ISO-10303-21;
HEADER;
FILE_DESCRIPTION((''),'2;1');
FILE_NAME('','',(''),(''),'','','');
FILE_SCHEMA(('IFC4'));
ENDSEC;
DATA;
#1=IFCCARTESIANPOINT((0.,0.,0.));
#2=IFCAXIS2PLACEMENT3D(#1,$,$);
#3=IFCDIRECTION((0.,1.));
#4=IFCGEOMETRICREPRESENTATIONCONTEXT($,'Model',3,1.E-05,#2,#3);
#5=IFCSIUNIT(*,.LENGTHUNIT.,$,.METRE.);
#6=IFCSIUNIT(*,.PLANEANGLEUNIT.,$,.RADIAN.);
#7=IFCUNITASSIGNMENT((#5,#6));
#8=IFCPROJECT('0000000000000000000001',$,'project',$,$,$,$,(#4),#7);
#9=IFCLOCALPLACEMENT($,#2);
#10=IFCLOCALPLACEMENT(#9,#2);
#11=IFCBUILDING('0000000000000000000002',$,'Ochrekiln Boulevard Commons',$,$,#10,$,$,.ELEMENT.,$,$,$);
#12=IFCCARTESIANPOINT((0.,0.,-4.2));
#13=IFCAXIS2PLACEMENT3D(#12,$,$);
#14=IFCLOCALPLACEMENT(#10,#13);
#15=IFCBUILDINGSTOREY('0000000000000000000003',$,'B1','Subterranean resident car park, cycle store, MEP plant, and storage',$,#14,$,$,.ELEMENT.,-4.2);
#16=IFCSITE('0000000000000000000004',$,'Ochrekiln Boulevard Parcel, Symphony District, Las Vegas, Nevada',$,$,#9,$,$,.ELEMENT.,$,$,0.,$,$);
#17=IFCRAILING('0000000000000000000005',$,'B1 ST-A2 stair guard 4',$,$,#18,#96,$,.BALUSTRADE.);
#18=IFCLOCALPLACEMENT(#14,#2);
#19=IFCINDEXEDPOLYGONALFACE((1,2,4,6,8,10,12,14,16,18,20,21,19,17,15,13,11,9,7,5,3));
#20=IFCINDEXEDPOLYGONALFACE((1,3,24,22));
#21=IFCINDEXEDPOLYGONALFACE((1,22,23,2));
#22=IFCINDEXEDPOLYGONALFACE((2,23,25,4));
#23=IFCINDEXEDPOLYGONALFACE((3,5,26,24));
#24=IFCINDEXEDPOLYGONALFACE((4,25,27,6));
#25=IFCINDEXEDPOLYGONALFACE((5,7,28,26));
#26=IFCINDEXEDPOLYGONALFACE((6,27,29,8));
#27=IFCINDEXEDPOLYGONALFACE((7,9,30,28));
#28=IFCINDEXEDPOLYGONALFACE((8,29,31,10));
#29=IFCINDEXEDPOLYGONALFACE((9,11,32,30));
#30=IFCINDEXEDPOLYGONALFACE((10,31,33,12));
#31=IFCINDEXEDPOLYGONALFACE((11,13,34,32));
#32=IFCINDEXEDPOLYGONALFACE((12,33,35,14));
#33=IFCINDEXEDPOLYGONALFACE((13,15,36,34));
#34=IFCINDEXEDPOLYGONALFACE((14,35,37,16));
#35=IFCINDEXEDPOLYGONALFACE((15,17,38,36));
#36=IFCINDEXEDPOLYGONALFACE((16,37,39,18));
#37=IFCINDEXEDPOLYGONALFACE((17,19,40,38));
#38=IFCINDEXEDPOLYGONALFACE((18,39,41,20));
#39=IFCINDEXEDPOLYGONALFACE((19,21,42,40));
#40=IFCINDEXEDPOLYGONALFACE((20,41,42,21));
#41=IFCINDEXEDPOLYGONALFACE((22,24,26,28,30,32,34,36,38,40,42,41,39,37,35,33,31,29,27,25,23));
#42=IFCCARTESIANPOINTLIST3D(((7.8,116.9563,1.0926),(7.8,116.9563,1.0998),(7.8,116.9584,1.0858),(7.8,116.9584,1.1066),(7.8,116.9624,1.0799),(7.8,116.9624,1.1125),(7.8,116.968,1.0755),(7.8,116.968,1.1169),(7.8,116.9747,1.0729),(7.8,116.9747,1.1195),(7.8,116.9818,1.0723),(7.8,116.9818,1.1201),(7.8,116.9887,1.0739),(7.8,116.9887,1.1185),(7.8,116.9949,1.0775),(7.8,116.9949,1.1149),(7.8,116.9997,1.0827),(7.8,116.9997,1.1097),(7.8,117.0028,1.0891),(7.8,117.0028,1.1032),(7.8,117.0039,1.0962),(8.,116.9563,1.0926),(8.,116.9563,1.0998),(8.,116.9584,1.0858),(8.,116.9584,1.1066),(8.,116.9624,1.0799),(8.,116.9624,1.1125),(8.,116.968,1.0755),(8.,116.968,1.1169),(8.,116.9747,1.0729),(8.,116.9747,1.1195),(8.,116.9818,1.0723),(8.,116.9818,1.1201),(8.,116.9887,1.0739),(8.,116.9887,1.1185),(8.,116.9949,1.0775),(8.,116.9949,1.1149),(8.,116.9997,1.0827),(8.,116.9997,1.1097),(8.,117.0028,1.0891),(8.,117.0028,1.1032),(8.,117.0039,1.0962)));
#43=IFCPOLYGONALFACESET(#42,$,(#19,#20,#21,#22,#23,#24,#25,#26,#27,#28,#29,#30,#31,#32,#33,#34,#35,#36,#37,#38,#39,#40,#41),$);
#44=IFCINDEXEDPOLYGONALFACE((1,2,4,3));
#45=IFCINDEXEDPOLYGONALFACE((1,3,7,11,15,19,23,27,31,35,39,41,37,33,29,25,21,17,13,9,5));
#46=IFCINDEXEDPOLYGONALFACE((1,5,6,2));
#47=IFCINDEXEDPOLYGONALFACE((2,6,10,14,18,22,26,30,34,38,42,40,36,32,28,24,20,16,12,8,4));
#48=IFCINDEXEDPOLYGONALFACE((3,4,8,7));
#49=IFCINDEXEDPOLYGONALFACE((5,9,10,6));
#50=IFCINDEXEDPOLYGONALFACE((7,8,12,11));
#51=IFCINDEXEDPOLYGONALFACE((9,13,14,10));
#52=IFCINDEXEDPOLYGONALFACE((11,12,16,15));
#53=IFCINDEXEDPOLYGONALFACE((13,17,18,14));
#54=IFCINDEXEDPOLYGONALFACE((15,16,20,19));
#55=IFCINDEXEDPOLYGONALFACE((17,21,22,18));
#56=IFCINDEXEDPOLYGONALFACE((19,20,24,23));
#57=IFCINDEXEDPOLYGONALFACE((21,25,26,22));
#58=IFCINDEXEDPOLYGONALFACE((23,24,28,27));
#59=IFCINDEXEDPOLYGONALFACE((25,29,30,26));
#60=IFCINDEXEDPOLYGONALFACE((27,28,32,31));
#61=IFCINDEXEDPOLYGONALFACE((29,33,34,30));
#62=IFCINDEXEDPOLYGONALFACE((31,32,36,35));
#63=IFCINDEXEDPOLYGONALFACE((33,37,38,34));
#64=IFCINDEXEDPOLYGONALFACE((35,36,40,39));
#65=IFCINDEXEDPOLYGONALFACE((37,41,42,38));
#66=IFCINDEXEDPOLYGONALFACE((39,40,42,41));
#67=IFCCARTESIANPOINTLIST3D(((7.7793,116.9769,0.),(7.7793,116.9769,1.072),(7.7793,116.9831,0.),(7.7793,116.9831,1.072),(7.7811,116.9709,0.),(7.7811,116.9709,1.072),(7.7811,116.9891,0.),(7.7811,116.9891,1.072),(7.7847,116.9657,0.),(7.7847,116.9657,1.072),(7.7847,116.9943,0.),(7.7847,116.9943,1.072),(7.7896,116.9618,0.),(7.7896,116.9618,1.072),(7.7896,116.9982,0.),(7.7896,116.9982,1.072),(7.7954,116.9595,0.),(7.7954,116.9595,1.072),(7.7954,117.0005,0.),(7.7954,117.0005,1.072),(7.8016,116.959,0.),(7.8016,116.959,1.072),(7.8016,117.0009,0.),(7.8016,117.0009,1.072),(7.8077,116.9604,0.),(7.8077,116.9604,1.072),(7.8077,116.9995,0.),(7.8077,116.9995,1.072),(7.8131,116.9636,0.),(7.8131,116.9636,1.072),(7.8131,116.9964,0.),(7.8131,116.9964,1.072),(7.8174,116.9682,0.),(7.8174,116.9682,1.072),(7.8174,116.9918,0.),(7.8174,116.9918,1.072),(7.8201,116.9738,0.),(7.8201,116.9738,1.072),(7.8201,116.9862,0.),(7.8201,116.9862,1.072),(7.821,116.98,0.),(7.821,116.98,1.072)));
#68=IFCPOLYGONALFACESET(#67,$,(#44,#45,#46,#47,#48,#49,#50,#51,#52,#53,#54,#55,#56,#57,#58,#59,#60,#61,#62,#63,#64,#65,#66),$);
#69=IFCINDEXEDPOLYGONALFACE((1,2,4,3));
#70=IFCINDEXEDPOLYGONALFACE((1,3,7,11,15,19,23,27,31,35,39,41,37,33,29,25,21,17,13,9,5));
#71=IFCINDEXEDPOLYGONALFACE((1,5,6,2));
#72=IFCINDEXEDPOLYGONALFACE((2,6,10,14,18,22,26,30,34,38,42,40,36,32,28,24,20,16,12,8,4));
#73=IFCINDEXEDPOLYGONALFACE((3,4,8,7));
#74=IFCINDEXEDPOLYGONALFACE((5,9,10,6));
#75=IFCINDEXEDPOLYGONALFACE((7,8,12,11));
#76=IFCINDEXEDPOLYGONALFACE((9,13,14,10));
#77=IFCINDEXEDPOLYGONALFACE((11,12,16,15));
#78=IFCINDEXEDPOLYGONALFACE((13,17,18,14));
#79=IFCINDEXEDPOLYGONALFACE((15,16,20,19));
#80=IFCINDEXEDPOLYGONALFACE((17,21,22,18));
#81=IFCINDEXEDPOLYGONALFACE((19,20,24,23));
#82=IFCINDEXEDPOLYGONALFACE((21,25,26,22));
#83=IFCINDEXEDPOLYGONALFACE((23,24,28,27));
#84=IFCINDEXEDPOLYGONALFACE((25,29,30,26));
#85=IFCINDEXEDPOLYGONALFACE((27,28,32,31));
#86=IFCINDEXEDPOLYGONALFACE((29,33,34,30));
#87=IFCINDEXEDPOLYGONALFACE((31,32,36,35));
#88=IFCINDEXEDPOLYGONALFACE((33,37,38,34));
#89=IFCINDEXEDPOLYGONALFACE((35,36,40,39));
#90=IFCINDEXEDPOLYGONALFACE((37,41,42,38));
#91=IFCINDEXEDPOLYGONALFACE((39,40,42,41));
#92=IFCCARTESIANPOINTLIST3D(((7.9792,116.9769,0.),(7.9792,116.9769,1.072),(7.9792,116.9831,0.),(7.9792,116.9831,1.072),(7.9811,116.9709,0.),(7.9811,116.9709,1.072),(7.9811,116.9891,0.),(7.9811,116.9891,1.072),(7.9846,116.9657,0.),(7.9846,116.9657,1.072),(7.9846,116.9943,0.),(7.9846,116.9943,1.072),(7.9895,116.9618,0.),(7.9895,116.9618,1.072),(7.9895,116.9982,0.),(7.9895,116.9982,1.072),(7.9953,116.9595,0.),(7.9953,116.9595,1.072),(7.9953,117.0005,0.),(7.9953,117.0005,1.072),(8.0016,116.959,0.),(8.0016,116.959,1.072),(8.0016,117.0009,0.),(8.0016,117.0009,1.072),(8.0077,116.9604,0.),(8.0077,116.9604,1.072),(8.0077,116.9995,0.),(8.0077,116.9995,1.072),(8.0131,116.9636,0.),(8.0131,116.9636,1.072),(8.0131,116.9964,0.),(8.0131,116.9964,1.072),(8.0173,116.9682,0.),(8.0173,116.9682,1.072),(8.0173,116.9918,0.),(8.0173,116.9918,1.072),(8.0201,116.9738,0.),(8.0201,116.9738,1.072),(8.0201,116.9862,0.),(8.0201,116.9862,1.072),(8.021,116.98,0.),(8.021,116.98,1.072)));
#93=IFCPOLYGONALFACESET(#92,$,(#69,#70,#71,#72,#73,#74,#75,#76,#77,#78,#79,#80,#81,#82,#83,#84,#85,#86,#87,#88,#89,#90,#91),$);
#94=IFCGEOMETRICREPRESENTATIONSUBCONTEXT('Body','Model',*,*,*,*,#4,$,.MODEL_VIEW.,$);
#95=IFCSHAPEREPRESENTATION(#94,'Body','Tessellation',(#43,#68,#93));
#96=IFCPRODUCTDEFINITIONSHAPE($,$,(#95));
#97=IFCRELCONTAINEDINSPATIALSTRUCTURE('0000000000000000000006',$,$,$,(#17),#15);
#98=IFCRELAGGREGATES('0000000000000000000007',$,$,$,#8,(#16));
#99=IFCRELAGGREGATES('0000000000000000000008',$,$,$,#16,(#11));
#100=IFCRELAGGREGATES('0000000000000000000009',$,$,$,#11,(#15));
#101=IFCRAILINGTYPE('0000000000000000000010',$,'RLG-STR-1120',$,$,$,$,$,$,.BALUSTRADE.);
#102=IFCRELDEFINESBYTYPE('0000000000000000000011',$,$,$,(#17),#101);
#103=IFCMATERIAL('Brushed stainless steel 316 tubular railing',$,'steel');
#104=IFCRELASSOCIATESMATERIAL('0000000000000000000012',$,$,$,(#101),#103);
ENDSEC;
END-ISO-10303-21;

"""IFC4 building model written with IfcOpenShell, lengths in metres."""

from ifc_helpers import new_model, si_unit, direction, frame, origin, origin_2d, place, context, subcontext, project, spatial, circle, extrude, material, type_object, element, save


model = new_model("IFC4")

# Units and contexts
model_context = context("Model", 3, precision=1e-05, world=origin(), true_north=direction((0.0, 1.0)))
body_context = subcontext(model_context, "Body", "Model", "MODEL_VIEW")
ifc_project = project(units=[si_unit("LENGTHUNIT", "METRE"), si_unit("PLANEANGLEUNIT", "RADIAN")], contexts=[model_context])

# Site, building, storey
site_placement = place(None, origin())
site = spatial("IfcSite", under=ifc_project, at=site_placement, Name="Ochrekiln Boulevard Parcel, Symphony District, Las Vegas, Nevada", CompositionType="ELEMENT", RefElevation=0.0)
building_placement = place(site_placement, origin())
building = spatial("IfcBuilding", under=site, at=building_placement, Name="Ochrekiln Boulevard Commons", CompositionType="ELEMENT")
storey_placement = place(building_placement, frame((0.0, 0.0, -4.2)))
storey = spatial("IfcBuildingStorey", under=building, at=storey_placement, Name="B1", Description="Subterranean resident car park, cycle store, MEP plant, and storage", CompositionType="ELEMENT", Elevation=-4.2)

# Railing
ifc_material_1 = material(Name="Brushed stainless steel 316 tubular railing", Category="steel")
railing_type_1 = type_object("IfcRailingType", Name="RLG-STR-1120", PredefinedType="BALUSTRADE", material=ifc_material_1)
railing_1_placement = place(storey_placement, frame((7.8, 116.98, 0.0)))
element("IfcRailing", 1, at=railing_1_placement, inside=storey, type_object=railing_type_1, Name="B1 ST-A2 stair guard 4", PredefinedType="BALUSTRADE", context=body_context, shape_type="SweptSolid", body=[
    extrude(circle(Radius=0.0239, at=origin_2d()), frame((0.0, 0.0, 1.0962), z_axis=(1.0, 0.0, 0.0), x_axis=(0.0, 1.0, 0.0)), (0.0, 0.0, 1.0), 0.2),
    extrude(circle(Radius=0.021, at=origin_2d()), origin(), (0.0, 0.0, 1.0), 1.072),
    extrude(circle(Radius=0.021, at=origin_2d()), frame((0.2, 0.0, 0.0)), (0.0, 0.0, 1.0), 1.072),
])

save(model, "model.ifc")
